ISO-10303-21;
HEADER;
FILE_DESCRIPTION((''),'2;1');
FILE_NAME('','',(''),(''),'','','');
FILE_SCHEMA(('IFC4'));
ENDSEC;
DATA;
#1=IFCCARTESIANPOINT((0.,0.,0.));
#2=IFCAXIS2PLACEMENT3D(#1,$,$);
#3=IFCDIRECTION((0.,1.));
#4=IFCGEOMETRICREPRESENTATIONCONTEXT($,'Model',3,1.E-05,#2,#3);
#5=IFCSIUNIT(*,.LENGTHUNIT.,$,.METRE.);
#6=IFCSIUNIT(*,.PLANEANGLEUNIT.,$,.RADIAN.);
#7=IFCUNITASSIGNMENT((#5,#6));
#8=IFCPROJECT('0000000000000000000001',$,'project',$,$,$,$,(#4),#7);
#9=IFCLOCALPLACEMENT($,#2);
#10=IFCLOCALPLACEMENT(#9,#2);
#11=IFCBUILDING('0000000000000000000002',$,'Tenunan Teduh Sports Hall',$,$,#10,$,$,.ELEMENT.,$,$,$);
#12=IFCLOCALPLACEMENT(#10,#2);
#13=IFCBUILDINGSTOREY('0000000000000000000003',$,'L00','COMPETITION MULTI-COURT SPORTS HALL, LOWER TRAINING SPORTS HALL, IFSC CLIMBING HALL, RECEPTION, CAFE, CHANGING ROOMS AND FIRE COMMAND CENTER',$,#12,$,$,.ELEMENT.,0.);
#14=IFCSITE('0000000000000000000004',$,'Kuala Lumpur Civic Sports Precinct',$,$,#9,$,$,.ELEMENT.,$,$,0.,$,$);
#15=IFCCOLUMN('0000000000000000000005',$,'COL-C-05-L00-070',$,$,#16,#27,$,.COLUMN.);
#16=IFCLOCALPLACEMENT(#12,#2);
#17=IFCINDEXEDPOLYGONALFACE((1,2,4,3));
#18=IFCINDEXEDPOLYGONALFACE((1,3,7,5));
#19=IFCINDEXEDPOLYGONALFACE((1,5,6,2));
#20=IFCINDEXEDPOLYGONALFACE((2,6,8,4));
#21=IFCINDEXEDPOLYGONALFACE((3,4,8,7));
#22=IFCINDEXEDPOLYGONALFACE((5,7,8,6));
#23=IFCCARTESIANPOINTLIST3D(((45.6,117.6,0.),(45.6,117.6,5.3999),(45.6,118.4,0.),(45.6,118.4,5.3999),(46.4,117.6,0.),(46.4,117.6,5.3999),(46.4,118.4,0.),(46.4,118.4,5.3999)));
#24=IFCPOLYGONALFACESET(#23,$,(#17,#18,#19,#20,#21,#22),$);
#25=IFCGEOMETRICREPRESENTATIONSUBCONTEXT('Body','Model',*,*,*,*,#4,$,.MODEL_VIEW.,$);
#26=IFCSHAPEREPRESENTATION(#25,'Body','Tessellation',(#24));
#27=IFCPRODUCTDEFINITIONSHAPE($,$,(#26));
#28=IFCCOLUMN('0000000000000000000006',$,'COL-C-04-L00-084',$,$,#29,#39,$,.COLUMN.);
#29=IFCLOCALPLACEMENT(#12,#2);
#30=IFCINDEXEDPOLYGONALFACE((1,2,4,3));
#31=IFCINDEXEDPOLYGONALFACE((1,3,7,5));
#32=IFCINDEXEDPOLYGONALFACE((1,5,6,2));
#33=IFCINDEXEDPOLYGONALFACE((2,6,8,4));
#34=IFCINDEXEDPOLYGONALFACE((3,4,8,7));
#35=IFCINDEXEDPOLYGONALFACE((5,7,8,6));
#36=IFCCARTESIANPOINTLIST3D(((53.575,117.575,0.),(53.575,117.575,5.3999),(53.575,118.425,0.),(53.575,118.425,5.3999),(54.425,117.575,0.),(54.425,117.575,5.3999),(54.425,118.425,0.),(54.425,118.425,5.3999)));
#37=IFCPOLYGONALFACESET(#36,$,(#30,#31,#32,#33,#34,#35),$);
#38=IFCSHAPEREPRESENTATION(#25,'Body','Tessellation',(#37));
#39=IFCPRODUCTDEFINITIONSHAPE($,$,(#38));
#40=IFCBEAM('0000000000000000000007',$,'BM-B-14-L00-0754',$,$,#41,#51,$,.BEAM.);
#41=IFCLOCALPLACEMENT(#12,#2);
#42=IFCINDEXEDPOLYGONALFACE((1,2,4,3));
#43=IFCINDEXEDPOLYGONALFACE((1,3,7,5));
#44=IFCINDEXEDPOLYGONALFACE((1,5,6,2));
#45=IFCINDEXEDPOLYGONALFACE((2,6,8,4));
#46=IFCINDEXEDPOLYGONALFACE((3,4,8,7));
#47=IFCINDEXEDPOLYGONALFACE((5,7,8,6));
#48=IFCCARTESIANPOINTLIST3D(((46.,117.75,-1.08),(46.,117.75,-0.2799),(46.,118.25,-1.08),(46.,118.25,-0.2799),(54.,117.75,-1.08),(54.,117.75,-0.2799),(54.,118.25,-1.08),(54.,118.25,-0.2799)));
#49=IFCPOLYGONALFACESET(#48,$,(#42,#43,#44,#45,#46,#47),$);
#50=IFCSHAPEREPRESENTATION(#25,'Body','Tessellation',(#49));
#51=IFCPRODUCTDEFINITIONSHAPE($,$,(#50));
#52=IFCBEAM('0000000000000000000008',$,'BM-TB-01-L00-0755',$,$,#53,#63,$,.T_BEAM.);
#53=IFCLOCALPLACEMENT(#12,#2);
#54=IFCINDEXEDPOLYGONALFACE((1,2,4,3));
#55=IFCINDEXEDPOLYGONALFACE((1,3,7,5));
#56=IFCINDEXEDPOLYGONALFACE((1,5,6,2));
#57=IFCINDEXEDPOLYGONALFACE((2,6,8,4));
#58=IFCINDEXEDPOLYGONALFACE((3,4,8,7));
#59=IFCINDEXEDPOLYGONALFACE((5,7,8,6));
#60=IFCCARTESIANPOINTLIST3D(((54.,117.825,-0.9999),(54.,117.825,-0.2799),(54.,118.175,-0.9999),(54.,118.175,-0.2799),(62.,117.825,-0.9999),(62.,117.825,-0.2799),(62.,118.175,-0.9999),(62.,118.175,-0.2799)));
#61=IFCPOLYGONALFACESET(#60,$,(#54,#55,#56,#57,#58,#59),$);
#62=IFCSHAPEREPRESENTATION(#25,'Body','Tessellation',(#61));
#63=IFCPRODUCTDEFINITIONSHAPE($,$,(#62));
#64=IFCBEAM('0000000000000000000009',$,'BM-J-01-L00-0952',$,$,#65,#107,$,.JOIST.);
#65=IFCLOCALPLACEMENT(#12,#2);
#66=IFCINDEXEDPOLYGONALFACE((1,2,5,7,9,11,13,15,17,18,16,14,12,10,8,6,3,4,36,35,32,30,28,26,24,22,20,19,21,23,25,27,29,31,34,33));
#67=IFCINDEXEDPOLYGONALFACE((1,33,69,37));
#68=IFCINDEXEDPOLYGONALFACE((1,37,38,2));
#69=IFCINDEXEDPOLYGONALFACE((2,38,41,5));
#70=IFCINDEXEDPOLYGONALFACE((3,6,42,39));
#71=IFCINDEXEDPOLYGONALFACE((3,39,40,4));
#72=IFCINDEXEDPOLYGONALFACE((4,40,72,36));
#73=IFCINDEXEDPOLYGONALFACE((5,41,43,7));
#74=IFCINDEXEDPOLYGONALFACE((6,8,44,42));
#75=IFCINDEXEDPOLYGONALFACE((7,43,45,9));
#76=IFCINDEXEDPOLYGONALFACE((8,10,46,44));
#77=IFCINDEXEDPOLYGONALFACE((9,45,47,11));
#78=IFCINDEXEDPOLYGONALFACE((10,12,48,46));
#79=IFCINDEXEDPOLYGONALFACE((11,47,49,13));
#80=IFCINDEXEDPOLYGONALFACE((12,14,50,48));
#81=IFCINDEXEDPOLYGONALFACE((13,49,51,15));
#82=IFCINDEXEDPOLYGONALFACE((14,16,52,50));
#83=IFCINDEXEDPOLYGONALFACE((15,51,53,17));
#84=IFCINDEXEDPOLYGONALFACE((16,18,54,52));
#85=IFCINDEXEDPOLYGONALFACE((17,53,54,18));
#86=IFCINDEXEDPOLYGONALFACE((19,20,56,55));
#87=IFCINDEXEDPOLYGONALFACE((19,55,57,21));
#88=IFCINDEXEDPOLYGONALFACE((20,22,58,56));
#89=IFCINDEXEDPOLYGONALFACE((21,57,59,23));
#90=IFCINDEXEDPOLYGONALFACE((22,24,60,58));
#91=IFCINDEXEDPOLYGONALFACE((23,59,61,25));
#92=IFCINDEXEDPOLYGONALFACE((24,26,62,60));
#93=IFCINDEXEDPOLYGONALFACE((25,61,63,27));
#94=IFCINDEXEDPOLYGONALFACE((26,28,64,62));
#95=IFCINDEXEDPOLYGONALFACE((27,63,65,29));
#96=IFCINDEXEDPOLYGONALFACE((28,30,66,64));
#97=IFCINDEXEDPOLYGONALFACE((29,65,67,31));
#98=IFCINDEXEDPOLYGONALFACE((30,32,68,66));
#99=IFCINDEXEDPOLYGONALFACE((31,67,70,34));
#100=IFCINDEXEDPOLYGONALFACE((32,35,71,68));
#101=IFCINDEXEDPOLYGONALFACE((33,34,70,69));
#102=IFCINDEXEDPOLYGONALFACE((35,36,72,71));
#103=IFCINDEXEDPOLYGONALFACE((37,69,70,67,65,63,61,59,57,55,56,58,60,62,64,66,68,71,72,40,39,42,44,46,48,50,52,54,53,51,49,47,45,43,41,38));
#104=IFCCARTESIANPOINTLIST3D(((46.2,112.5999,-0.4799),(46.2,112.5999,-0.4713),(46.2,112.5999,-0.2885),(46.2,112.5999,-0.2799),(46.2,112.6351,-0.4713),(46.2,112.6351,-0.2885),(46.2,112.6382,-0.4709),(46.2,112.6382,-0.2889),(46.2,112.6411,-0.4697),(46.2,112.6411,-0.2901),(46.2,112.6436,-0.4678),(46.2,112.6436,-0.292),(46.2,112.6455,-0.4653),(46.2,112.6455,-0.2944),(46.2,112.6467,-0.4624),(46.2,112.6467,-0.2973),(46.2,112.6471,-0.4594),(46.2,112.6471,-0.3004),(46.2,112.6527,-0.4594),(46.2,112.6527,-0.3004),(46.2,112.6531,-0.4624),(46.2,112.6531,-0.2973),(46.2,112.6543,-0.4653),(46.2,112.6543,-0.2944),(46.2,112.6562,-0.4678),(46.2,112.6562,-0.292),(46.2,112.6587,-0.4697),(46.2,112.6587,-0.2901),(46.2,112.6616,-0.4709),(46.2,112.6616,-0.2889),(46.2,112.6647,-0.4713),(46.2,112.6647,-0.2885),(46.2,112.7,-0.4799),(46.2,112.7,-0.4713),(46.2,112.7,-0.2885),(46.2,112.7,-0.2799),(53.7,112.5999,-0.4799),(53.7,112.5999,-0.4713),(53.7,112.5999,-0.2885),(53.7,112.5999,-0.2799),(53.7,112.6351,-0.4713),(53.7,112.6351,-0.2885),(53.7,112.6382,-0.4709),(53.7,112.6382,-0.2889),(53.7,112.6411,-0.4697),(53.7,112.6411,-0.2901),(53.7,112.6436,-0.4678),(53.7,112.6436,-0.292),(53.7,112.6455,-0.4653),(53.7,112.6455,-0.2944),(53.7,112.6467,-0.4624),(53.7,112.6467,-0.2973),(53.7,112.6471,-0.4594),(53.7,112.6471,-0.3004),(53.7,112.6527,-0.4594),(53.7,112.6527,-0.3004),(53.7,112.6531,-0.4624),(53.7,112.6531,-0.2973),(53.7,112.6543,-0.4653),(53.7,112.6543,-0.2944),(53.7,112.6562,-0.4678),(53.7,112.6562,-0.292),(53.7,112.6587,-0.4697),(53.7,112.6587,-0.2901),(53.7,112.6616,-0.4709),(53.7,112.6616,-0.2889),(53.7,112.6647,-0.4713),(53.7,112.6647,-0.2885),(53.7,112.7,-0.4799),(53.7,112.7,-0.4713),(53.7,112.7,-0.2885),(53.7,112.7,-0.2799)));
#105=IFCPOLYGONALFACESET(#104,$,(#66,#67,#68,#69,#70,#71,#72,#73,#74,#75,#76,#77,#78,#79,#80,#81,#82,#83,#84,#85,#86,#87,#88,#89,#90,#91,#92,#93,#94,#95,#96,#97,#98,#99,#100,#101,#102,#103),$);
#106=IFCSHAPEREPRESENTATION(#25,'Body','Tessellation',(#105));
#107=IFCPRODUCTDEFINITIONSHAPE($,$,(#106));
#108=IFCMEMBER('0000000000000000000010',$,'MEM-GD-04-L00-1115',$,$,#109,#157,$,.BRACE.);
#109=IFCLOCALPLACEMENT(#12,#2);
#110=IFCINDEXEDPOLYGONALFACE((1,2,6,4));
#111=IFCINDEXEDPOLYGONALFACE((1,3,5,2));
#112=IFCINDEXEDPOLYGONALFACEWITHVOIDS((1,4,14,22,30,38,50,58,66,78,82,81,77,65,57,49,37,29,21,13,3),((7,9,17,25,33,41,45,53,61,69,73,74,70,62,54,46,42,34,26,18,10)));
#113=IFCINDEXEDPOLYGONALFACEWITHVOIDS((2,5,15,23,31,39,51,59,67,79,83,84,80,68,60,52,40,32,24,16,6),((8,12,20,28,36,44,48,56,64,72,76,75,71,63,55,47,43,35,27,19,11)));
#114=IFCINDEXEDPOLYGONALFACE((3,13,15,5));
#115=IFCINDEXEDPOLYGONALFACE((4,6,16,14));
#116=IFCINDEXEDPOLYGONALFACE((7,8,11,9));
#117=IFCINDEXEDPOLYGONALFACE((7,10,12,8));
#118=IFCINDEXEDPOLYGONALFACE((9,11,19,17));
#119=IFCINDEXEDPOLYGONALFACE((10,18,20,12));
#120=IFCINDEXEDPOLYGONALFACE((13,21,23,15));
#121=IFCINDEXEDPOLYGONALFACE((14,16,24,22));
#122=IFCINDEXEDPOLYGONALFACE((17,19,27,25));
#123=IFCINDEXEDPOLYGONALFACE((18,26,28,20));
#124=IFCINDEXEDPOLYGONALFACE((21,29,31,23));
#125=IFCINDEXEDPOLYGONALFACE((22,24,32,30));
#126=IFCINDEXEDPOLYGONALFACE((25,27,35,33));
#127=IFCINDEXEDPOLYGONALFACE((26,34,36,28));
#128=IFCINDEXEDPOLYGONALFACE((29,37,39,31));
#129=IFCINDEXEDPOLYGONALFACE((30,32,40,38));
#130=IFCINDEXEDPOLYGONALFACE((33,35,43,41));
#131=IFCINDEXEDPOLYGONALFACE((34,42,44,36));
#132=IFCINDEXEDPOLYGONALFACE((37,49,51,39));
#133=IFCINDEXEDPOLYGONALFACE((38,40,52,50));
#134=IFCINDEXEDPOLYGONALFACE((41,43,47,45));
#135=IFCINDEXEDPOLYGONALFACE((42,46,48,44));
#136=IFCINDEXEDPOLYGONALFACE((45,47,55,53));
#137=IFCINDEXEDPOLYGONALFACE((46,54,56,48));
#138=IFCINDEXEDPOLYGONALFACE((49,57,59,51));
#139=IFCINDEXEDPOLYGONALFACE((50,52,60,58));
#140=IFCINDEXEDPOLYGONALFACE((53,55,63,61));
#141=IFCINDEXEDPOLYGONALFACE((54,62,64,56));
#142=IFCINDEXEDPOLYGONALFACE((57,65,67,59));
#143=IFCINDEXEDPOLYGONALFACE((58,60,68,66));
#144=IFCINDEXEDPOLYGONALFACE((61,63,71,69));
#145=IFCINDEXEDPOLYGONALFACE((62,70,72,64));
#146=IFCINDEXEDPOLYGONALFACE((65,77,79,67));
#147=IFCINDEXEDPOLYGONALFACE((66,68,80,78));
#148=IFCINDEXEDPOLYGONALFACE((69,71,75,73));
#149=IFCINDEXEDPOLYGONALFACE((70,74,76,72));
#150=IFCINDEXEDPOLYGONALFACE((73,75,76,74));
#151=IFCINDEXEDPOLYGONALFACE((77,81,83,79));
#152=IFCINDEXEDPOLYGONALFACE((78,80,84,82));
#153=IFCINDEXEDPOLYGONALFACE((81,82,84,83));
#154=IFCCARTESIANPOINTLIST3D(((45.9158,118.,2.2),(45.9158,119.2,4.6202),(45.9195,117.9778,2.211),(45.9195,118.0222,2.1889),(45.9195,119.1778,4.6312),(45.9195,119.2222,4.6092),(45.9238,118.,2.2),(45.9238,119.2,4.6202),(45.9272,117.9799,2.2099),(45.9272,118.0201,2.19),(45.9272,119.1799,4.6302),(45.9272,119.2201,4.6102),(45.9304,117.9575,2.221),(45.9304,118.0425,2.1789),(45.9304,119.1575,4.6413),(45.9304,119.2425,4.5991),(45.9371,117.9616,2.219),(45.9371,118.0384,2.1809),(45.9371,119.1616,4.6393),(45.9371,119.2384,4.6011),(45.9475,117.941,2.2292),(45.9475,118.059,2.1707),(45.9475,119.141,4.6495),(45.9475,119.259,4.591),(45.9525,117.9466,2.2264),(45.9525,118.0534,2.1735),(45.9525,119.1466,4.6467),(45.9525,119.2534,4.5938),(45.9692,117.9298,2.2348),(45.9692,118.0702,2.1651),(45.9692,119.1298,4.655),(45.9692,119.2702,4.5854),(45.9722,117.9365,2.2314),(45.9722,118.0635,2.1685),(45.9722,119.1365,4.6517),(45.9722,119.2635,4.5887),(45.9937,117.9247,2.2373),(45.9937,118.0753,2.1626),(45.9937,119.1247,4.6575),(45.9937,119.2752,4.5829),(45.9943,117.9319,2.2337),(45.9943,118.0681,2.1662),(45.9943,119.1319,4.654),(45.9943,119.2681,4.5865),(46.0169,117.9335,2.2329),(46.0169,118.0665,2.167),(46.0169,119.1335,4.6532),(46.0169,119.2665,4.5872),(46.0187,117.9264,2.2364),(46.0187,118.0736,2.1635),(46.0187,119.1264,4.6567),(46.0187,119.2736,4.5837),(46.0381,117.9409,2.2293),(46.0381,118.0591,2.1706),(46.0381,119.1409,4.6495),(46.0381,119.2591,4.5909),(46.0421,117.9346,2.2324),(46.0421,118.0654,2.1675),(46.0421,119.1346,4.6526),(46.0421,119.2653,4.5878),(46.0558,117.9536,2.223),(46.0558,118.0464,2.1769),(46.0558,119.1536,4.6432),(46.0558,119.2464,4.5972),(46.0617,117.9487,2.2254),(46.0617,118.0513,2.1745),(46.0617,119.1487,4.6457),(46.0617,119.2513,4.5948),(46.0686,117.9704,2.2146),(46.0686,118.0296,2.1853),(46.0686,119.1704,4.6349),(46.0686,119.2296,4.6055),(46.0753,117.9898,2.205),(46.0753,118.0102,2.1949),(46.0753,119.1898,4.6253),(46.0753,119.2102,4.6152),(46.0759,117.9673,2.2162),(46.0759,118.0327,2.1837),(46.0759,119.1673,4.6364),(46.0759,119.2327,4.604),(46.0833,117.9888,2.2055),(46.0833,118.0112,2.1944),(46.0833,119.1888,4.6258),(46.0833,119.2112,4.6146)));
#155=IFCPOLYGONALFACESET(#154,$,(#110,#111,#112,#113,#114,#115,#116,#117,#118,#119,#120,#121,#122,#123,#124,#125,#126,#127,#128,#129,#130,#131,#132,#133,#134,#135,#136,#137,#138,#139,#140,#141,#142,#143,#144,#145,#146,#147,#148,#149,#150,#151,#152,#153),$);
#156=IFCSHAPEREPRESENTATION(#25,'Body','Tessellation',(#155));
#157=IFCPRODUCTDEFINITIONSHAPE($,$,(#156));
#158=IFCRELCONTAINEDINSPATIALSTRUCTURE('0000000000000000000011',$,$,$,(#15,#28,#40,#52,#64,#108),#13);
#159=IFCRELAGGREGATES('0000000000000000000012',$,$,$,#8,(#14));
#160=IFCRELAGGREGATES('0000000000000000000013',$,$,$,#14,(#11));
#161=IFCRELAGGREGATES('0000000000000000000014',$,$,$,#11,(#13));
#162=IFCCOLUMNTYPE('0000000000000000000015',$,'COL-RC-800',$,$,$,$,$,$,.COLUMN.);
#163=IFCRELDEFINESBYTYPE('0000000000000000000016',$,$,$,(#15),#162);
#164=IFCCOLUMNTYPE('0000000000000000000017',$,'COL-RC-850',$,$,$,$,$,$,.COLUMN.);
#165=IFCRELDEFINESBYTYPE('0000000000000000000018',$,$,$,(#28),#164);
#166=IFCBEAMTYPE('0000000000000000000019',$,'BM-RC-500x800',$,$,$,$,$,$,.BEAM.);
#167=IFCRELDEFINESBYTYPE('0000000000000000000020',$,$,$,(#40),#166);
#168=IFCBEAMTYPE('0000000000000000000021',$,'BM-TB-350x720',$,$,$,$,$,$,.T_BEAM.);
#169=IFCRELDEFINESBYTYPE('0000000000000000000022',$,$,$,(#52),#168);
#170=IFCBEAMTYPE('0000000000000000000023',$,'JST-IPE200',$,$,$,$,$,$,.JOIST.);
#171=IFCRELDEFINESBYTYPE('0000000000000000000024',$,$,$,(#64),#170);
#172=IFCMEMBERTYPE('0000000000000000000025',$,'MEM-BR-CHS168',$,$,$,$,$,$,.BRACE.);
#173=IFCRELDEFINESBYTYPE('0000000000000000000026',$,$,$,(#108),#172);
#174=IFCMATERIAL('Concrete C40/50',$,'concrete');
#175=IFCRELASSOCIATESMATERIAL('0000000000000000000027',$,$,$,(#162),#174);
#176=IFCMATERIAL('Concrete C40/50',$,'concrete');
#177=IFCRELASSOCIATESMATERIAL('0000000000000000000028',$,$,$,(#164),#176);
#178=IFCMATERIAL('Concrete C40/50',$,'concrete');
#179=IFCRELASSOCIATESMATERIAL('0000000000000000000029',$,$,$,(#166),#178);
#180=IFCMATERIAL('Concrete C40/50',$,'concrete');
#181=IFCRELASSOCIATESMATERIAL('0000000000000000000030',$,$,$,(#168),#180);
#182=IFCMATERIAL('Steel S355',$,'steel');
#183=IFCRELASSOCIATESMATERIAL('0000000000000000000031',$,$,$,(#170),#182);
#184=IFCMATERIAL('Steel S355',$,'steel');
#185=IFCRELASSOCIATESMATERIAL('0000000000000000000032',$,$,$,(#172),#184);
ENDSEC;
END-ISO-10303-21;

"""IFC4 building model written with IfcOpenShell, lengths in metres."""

from ifc_helpers import new_model, si_unit, direction, frame, origin, origin_2d, place, context, subcontext, project, spatial, rectangle, hollow_circle, i_section, extrude, material, material_profile, profile_set, type_object, element, save


model = new_model("IFC4")

# Units and contexts
model_context = context("Model", 3, precision=1e-05, world=origin(), true_north=direction((0.0, 1.0)))
body_context = subcontext(model_context, "Body", "Model", "MODEL_VIEW")
ifc_project = project(units=[si_unit("LENGTHUNIT", "METRE"), si_unit("PLANEANGLEUNIT", "RADIAN")], contexts=[model_context])

# Site, building, storey
site_placement = place(None, origin())
site = spatial("IfcSite", under=ifc_project, at=site_placement, Name="Kuala Lumpur Civic Sports Precinct", CompositionType="ELEMENT", RefElevation=0.0)
building_placement = place(site_placement, origin())
building = spatial("IfcBuilding", under=site, at=building_placement, Name="Tenunan Teduh Sports Hall", CompositionType="ELEMENT")
storey_placement = place(building_placement, origin())
storey = spatial("IfcBuildingStorey", under=building, at=storey_placement, Name="L00", Description="COMPETITION MULTI-COURT SPORTS HALL, LOWER TRAINING SPORTS HALL, IFSC CLIMBING HALL, RECEPTION, CAFE, CHANGING ROOMS AND FIRE COMMAND CENTER", CompositionType="ELEMENT", Elevation=0.0)

# Columns
ifc_material_1 = material(Name="Concrete C40/50", Category="concrete")
ifc_material_profile_1 = material_profile(ifc_material_1, rectangle(XDim=0.8, YDim=0.8, at=origin_2d()), Name="RC 800x800")
ifc_profile_set_1 = profile_set([ifc_material_profile_1], Name="Concrete C40/50")
column_type_1 = type_object("IfcColumnType", Name="COL-RC-800", PredefinedType="COLUMN", material=ifc_profile_set_1)
column_1_placement = place(storey_placement, frame((46.0, 118.0, 0.0), z_axis=(0.0, 0.0, 1.0), x_axis=(1.0, 0.0, 0.0)))
element("IfcColumn", 1, at=column_1_placement, inside=storey, type_object=column_type_1, Name="COL-C-05-L00-070", PredefinedType="COLUMN", context=body_context, shape_type="SweptSolid", body=[
    extrude(rectangle(XDim=0.8, YDim=0.8, at=origin_2d()), origin(), (0.0, 0.0, 1.0), 5.3999),
])
ifc_material_2 = material(Name="Concrete C40/50", Category="concrete")
ifc_material_profile_2 = material_profile(ifc_material_2, rectangle(XDim=0.8501, YDim=0.8501, at=origin_2d()), Name="RC 850x850")
ifc_profile_set_2 = profile_set([ifc_material_profile_2], Name="Concrete C40/50")
column_type_2 = type_object("IfcColumnType", Name="COL-RC-850", PredefinedType="COLUMN", material=ifc_profile_set_2)
column_2_placement = place(storey_placement, frame((54.0, 118.0, 0.0), z_axis=(0.0, 0.0, 1.0), x_axis=(1.0, 0.0, 0.0)))
element("IfcColumn", 2, at=column_2_placement, inside=storey, type_object=column_type_2, Name="COL-C-04-L00-084", PredefinedType="COLUMN", context=body_context, shape_type="SweptSolid", body=[
    extrude(rectangle(XDim=0.8501, YDim=0.8501, at=origin_2d()), origin(), (0.0, 0.0, 1.0), 5.3999),
])

# Beams
ifc_material_3 = material(Name="Concrete C40/50", Category="concrete")
ifc_material_profile_3 = material_profile(ifc_material_3, rectangle(XDim=0.5, YDim=0.8, at=origin_2d()), Name="RCB 500x800")
ifc_profile_set_3 = profile_set([ifc_material_profile_3], Name="Concrete C40/50")
beam_type_1 = type_object("IfcBeamType", Name="BM-RC-500x800", PredefinedType="BEAM", material=ifc_profile_set_3)
beam_1_placement = place(storey_placement, frame((46.0, 118.0, -0.6799), z_axis=(1.0, 0.0, 0.0), x_axis=(0.0, 1.0, 0.0)))
element("IfcBeam", 3, at=beam_1_placement, inside=storey, type_object=beam_type_1, Name="BM-B-14-L00-0754", PredefinedType="BEAM", context=body_context, shape_type="SweptSolid", body=[
    extrude(rectangle(XDim=0.5, YDim=0.8, at=origin_2d()), origin(), (0.0, 0.0, 1.0), 8.0),
])
ifc_material_4 = material(Name="Concrete C40/50", Category="concrete")
ifc_material_profile_4 = material_profile(ifc_material_4, rectangle(XDim=0.3501, YDim=0.72, at=origin_2d()), Name="TB 350x720")
ifc_profile_set_4 = profile_set([ifc_material_profile_4], Name="Concrete C40/50")
beam_type_2 = type_object("IfcBeamType", Name="BM-TB-350x720", PredefinedType="T_BEAM", material=ifc_profile_set_4)
beam_2_placement = place(storey_placement, frame((54.0, 118.0, -0.6399), z_axis=(1.0, 0.0, 0.0), x_axis=(0.0, 1.0, 0.0)))
element("IfcBeam", 4, at=beam_2_placement, inside=storey, type_object=beam_type_2, Name="BM-TB-01-L00-0755", PredefinedType="T_BEAM", context=body_context, shape_type="SweptSolid", body=[
    extrude(rectangle(XDim=0.3501, YDim=0.72, at=origin_2d()), origin(), (0.0, 0.0, 1.0), 8.0),
])
ifc_material_5 = material(Name="Steel S355", Category="steel")
ifc_material_profile_5 = material_profile(ifc_material_5, i_section(OverallWidth=0.1001, OverallDepth=0.2, WebThickness=0.0056, FlangeThickness=0.0085, FilletRadius=0.012, at=origin_2d()), Name="IPE 200")
ifc_profile_set_5 = profile_set([ifc_material_profile_5], Name="Steel S355")
beam_type_3 = type_object("IfcBeamType", Name="JST-IPE200", PredefinedType="JOIST", material=ifc_profile_set_5)
beam_3_placement = place(storey_placement, frame((46.2, 112.6499, -0.3799), z_axis=(1.0, 0.0, 0.0), x_axis=(0.0, 1.0, 0.0)))
element("IfcBeam", 5, at=beam_3_placement, inside=storey, type_object=beam_type_3, Name="BM-J-01-L00-0952", PredefinedType="JOIST", context=body_context, shape_type="SweptSolid", body=[
    extrude(i_section(OverallWidth=0.1001, OverallDepth=0.2, WebThickness=0.0056, FlangeThickness=0.0085, FilletRadius=0.012, at=origin_2d()), origin(), (0.0, 0.0, 1.0), 7.5),
])

# Member
ifc_material_6 = material(Name="Steel S355", Category="steel")
ifc_material_profile_6 = material_profile(ifc_material_6, hollow_circle(Radius=0.0842, WallThickness=0.0081, at=origin_2d()), Name="CHS 168.3x8.0")
ifc_profile_set_6 = profile_set([ifc_material_profile_6], Name="Steel S355")
member_type_1 = type_object("IfcMemberType", Name="MEM-BR-CHS168", PredefinedType="BRACE", material=ifc_profile_set_6)
for number, where, z_axis, x_axis, name in (
    (6, (46.0, 118.0, 2.2), (0.0, 0.444211, 0.895922), (-1.0, 0.0, 0.0), "MEM-GD-04-L00-1115"),
):
    element("IfcMember", number, at=place(storey_placement, frame(where, z_axis=z_axis, x_axis=x_axis)), inside=storey, type_object=member_type_1, Name=name, PredefinedType="BRACE", context=body_context, shape_type="SweptSolid", body=[
        extrude(hollow_circle(Radius=0.0842, WallThickness=0.0081, at=origin_2d()), origin(), (0.0, 0.0, 1.0), 2.7014),
    ])

save(model, "model.ifc")
